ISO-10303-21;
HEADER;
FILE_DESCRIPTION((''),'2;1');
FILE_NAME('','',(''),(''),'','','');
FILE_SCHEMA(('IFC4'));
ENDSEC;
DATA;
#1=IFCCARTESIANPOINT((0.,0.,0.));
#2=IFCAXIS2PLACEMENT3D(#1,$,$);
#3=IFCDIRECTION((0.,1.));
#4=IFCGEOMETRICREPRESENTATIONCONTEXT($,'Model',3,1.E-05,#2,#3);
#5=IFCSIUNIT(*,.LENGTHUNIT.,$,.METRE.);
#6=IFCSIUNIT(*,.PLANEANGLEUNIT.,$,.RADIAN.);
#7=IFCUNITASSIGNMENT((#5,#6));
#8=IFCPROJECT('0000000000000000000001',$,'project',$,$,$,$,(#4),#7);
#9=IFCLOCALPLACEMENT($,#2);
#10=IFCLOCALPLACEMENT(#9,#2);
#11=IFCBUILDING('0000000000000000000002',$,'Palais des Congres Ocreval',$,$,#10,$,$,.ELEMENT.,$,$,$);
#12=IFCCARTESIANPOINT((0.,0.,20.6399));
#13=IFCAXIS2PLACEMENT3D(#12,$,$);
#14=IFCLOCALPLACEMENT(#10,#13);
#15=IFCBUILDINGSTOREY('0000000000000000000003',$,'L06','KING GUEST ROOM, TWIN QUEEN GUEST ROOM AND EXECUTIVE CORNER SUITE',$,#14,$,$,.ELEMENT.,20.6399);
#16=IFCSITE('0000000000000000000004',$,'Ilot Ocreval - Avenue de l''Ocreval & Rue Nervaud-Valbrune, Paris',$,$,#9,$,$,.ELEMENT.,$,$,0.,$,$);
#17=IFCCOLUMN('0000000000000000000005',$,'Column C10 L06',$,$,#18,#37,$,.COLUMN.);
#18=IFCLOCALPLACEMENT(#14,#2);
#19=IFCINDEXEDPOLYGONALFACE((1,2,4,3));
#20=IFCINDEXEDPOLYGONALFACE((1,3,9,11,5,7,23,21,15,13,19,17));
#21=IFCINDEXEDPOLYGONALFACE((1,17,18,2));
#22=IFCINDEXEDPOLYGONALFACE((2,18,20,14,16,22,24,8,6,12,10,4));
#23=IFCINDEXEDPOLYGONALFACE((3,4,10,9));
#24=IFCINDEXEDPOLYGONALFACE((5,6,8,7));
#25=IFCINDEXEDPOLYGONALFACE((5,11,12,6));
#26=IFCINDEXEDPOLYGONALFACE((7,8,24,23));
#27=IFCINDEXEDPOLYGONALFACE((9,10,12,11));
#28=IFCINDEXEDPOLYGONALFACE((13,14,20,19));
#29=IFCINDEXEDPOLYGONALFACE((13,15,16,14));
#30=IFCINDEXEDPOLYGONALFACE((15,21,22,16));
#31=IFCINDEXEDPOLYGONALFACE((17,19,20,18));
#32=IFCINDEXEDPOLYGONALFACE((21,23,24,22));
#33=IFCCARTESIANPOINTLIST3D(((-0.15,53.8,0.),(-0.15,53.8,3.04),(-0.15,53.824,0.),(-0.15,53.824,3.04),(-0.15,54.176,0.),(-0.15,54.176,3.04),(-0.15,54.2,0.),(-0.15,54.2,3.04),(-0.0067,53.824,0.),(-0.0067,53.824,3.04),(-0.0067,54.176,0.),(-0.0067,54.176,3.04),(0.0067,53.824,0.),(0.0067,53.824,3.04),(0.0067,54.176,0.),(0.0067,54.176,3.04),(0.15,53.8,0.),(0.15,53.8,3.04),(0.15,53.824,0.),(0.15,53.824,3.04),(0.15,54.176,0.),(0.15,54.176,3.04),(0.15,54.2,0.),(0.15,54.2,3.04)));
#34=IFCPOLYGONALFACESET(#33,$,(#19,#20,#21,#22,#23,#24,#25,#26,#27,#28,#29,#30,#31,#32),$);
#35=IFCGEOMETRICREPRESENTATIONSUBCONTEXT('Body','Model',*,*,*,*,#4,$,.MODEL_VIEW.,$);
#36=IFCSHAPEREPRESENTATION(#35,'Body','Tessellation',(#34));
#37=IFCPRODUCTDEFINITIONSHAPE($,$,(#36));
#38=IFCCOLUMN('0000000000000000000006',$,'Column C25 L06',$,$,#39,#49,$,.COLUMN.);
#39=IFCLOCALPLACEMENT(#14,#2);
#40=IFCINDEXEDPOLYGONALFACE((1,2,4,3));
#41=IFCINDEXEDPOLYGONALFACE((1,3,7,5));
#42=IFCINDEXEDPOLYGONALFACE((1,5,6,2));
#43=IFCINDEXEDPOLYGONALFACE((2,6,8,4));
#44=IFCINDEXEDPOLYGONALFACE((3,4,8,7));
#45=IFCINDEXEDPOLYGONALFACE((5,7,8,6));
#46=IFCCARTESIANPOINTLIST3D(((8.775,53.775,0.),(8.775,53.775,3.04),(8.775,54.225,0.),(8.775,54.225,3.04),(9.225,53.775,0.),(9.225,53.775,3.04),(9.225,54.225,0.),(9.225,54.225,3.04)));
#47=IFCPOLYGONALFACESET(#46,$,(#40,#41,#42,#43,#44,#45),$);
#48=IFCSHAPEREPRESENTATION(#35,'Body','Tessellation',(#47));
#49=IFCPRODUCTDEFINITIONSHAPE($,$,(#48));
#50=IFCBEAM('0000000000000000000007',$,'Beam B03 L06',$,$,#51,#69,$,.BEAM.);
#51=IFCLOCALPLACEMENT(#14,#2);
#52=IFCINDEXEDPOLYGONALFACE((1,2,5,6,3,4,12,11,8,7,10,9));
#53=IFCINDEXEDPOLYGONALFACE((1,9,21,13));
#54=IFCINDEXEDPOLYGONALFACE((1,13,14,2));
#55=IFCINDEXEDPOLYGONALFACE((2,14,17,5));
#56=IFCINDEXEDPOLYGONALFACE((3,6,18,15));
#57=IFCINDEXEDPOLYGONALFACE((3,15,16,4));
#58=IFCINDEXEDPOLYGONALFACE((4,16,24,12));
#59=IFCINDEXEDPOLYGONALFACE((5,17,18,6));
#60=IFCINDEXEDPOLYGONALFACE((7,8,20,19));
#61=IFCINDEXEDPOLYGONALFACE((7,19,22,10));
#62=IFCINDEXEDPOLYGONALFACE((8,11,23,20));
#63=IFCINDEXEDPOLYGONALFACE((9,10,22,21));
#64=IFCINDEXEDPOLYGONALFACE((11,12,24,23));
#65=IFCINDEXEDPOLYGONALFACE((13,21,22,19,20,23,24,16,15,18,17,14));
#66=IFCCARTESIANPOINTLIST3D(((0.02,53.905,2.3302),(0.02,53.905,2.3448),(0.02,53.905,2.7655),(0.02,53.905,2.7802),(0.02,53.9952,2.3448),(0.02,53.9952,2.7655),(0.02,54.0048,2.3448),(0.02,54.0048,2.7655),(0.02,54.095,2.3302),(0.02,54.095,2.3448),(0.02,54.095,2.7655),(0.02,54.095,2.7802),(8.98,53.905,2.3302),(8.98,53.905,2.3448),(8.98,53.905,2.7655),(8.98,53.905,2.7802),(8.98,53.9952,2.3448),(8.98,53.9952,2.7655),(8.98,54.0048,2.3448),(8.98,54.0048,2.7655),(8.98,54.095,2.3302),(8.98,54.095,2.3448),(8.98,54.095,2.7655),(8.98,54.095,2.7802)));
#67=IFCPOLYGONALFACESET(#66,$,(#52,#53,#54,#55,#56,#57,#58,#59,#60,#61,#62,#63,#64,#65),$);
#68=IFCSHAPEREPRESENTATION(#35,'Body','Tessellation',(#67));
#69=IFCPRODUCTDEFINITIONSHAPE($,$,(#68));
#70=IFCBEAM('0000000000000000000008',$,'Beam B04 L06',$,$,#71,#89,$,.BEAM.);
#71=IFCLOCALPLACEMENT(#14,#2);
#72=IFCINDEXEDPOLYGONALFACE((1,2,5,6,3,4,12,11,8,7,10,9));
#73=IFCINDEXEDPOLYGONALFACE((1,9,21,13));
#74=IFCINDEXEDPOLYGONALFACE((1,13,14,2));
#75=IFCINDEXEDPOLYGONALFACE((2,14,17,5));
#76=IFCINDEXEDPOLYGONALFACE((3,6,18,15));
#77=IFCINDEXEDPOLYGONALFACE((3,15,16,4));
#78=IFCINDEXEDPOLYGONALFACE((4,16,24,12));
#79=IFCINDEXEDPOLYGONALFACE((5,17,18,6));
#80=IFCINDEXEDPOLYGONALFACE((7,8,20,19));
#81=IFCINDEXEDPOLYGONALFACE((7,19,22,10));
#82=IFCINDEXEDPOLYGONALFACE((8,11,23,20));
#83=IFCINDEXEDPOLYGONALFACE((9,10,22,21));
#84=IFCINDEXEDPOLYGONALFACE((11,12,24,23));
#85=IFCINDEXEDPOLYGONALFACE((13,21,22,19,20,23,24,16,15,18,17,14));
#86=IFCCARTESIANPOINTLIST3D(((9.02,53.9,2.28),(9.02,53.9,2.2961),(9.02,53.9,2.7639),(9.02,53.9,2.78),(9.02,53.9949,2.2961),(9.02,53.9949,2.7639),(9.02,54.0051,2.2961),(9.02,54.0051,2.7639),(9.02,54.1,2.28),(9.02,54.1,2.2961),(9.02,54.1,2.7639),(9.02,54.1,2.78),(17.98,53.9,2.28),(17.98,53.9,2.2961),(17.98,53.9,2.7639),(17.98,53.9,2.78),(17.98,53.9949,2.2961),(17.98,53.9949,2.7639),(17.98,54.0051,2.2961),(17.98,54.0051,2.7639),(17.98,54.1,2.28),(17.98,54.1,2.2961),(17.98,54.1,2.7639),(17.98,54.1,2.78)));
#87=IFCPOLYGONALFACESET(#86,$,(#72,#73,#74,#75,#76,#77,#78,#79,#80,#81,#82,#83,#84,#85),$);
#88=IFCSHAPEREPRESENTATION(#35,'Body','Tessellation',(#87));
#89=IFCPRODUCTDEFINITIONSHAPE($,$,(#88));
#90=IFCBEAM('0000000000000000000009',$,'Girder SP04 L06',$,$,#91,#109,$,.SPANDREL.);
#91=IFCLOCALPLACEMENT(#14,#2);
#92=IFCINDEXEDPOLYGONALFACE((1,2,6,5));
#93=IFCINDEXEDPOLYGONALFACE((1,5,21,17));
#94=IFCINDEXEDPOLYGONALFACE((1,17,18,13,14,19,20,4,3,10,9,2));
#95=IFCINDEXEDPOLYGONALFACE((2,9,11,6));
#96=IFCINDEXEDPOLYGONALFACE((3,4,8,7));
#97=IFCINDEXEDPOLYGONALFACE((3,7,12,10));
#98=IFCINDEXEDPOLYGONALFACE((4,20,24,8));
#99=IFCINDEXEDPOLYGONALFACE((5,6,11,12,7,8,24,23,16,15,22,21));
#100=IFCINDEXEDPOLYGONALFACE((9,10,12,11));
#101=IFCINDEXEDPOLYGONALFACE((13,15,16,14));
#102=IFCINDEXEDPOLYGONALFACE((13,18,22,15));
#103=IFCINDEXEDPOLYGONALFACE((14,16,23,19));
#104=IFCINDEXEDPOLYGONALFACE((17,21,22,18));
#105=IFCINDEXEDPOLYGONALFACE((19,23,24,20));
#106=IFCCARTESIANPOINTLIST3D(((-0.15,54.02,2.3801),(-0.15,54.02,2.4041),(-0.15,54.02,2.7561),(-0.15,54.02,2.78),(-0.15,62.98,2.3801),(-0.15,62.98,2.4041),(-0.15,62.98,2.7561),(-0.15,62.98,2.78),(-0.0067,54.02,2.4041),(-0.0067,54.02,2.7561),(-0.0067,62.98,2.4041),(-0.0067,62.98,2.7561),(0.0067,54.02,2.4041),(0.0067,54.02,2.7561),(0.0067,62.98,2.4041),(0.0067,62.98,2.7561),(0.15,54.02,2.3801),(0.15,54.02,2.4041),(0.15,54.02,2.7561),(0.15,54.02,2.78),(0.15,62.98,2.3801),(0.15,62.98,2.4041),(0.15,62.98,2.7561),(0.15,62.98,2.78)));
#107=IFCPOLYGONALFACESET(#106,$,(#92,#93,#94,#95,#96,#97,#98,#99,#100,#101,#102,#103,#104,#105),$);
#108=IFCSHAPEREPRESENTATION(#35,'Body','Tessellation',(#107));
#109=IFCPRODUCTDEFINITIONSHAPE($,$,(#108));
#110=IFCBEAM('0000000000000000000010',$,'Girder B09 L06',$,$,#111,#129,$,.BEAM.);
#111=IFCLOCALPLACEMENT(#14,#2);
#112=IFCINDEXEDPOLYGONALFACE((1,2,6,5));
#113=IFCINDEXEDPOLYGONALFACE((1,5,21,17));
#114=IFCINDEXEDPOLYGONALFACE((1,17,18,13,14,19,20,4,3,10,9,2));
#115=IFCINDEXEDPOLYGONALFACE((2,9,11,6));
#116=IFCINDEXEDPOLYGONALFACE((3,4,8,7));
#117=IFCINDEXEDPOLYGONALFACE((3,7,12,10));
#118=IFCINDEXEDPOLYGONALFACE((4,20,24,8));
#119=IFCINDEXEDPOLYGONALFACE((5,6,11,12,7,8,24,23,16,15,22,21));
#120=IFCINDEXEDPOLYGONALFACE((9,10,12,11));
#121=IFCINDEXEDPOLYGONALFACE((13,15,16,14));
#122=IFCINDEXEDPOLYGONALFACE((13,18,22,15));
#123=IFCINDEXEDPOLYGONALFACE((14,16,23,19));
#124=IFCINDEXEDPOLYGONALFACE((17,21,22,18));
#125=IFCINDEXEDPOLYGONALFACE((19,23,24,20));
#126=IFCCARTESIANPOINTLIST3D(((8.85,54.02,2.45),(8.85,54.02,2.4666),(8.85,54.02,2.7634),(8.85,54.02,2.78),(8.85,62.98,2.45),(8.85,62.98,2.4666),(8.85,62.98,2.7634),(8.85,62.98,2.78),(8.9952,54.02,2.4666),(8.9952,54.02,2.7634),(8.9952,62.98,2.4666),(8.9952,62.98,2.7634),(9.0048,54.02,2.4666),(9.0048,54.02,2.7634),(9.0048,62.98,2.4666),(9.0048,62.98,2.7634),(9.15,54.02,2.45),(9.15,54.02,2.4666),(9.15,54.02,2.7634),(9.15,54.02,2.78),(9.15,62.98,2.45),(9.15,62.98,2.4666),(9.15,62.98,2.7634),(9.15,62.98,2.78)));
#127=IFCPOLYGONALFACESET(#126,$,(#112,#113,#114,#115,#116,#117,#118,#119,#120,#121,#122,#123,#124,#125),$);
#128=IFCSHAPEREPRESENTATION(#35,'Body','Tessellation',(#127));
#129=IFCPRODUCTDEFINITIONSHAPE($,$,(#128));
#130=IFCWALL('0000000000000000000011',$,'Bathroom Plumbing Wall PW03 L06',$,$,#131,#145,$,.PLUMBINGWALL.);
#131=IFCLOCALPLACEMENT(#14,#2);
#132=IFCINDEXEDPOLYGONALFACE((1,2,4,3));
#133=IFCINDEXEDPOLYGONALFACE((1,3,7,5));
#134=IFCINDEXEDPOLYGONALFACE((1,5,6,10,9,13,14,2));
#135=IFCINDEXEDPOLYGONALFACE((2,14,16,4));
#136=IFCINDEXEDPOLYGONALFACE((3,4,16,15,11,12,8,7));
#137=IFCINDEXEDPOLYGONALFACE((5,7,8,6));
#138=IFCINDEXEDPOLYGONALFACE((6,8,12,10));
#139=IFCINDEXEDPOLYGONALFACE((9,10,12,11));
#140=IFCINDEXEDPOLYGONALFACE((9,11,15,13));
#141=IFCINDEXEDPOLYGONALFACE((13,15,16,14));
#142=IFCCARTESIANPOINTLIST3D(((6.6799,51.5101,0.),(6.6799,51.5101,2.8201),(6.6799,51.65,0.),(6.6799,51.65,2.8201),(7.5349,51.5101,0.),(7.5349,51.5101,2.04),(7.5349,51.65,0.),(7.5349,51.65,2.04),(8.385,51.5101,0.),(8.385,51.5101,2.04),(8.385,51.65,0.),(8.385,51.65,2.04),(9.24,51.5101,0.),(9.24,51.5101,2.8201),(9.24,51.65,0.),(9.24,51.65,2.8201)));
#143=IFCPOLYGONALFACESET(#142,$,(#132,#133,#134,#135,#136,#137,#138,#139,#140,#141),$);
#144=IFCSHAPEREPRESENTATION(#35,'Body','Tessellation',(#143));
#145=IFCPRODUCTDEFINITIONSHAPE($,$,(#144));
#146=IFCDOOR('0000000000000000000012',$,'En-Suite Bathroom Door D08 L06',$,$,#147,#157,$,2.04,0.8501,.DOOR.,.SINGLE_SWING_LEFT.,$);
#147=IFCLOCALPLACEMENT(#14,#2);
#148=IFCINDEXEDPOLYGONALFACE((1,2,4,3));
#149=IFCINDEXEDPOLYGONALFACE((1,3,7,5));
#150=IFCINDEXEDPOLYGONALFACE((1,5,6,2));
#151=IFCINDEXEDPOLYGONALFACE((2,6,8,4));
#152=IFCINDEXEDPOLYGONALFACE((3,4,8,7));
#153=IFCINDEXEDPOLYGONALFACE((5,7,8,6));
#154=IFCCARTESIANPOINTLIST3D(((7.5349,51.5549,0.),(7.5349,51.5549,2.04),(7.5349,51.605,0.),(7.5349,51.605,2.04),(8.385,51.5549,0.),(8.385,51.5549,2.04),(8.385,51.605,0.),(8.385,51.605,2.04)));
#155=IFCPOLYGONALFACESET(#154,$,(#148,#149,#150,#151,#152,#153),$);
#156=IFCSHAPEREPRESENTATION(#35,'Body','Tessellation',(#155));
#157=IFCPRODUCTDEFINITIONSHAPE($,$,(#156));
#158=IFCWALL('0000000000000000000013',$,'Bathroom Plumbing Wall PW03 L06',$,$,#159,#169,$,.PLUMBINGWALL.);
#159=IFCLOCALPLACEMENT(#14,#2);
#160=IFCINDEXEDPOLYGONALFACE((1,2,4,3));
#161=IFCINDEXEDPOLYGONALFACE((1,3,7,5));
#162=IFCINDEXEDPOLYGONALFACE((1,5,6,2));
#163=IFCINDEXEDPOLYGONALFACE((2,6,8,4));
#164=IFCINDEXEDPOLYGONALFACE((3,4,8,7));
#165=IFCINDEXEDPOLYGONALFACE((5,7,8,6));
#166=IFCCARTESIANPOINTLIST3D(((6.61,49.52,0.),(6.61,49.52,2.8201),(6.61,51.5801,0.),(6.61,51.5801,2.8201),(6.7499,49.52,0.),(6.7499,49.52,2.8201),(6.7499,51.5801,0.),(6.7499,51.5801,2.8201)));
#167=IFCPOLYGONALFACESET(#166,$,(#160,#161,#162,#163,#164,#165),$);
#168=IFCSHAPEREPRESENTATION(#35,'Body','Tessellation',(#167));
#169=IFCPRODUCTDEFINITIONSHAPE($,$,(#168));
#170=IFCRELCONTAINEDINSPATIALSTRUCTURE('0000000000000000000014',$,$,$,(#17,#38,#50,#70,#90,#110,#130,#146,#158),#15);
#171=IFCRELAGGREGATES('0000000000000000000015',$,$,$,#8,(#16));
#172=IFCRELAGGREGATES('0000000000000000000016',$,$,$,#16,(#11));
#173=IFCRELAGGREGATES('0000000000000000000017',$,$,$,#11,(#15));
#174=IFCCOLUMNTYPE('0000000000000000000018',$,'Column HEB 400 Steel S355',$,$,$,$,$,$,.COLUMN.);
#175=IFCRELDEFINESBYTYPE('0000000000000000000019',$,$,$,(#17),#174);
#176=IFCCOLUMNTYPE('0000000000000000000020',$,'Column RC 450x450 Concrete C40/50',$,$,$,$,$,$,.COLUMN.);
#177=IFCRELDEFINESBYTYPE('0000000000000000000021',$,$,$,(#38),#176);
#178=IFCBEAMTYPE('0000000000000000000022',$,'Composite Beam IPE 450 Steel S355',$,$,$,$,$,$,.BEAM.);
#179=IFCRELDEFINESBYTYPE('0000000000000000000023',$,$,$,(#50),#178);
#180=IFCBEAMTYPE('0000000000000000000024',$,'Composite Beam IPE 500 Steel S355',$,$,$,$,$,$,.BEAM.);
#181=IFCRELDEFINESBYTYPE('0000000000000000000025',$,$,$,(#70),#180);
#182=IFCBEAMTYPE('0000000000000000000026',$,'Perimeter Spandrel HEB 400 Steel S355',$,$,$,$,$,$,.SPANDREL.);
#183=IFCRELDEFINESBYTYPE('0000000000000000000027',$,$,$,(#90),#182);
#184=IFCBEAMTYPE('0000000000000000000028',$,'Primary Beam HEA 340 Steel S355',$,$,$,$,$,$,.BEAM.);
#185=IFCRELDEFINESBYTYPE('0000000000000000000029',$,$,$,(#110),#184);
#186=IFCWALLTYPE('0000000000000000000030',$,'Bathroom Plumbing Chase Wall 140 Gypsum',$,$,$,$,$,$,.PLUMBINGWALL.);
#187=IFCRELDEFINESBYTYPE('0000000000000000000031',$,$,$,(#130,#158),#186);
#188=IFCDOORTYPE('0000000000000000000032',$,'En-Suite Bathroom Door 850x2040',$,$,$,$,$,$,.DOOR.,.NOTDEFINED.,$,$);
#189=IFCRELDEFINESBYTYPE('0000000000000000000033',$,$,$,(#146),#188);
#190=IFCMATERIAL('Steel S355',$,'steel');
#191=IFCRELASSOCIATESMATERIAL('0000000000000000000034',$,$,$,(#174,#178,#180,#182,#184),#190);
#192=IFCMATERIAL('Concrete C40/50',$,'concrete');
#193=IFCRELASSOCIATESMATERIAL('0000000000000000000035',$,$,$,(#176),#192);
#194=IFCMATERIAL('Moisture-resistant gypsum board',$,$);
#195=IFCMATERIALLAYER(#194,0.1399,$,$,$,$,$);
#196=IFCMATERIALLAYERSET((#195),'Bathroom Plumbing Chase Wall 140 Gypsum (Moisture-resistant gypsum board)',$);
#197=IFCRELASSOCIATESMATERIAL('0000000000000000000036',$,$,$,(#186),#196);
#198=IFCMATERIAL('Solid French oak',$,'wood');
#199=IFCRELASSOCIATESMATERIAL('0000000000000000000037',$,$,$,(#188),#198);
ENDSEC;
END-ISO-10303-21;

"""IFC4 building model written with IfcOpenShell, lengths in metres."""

from ifc_helpers import new_model, si_unit, direction, frame, frame_2d, origin, origin_2d, place, context, subcontext, project, spatial, rectangle, i_section, extrude, material, layer, layer_set, material_profile, profile_set, type_object, element, fill, save


model = new_model("IFC4")

# Units and contexts
model_context = context("Model", 3, precision=1e-05, world=origin(), true_north=direction((0.0, 1.0)))
body_context = subcontext(model_context, "Body", "Model", "MODEL_VIEW")
ifc_project = project(units=[si_unit("LENGTHUNIT", "METRE"), si_unit("PLANEANGLEUNIT", "RADIAN")], contexts=[model_context])

# Site, building, storey
site_placement = place(None, origin())
site = spatial("IfcSite", under=ifc_project, at=site_placement, Name="Ilot Ocreval - Avenue de l'Ocreval & Rue Nervaud-Valbrune, Paris", CompositionType="ELEMENT", RefElevation=0.0)
building_placement = place(site_placement, origin())
building = spatial("IfcBuilding", under=site, at=building_placement, Name="Palais des Congres Ocreval", CompositionType="ELEMENT")
storey_placement = place(building_placement, frame((0.0, 0.0, 20.6399)))
storey = spatial("IfcBuildingStorey", under=building, at=storey_placement, Name="L06", Description="KING GUEST ROOM, TWIN QUEEN GUEST ROOM AND EXECUTIVE CORNER SUITE", CompositionType="ELEMENT", Elevation=20.6399)

# Columns
ifc_material_1 = material(Name="Steel S355", Category="steel")
ifc_material_profile_1 = material_profile(ifc_material_1, i_section(OverallWidth=0.3, OverallDepth=0.3999, WebThickness=0.0134, FlangeThickness=0.0239, at=origin_2d()), Name="HEB 400")
ifc_profile_set_1 = profile_set([ifc_material_profile_1], Name="Steel S355")
column_type_1 = type_object("IfcColumnType", Name="Column HEB 400 Steel S355", PredefinedType="COLUMN", material=ifc_profile_set_1)
column_1_placement = place(storey_placement, frame((0.0, 54.0, 0.0), z_axis=(0.0, 0.0, 1.0), x_axis=(1.0, 0.0, 0.0)))
element("IfcColumn", 1, at=column_1_placement, inside=storey, type_object=column_type_1, Name="Column C10 L06", PredefinedType="COLUMN", context=body_context, shape_type="SweptSolid", body=[
    extrude(i_section(OverallWidth=0.3, OverallDepth=0.3999, WebThickness=0.0134, FlangeThickness=0.0239, at=origin_2d()), origin(), (0.0, 0.0, 1.0), 3.04),
])
ifc_material_2 = material(Name="Concrete C40/50", Category="concrete")
ifc_material_profile_2 = material_profile(ifc_material_2, rectangle(XDim=0.45, YDim=0.45, at=origin_2d()), Name="RC 450x450")
ifc_profile_set_2 = profile_set([ifc_material_profile_2], Name="Concrete C40/50")
column_type_2 = type_object("IfcColumnType", Name="Column RC 450x450 Concrete C40/50", PredefinedType="COLUMN", material=ifc_profile_set_2)
column_2_placement = place(storey_placement, frame((9.0, 54.0, 0.0), z_axis=(0.0, 0.0, 1.0), x_axis=(1.0, 0.0, 0.0)))
element("IfcColumn", 2, at=column_2_placement, inside=storey, type_object=column_type_2, Name="Column C25 L06", PredefinedType="COLUMN", context=body_context, shape_type="SweptSolid", body=[
    extrude(rectangle(XDim=0.45, YDim=0.45, at=origin_2d()), origin(), (0.0, 0.0, 1.0), 3.04),
])

# Beams
ifc_material_profile_3 = material_profile(ifc_material_1, i_section(OverallWidth=0.1899, OverallDepth=0.45, WebThickness=0.0095, FlangeThickness=0.0146, at=origin_2d()), Name="IPE 450")
ifc_profile_set_3 = profile_set([ifc_material_profile_3], Name="Steel S355")
beam_type_1 = type_object("IfcBeamType", Name="Composite Beam IPE 450 Steel S355", PredefinedType="BEAM", material=ifc_profile_set_3)
beam_1_placement = place(storey_placement, frame((0.02, 54.0, 2.5552), z_axis=(1.0, 0.0, 0.0), x_axis=(0.0, 1.0, 0.0)))
element("IfcBeam", 3, at=beam_1_placement, inside=storey, type_object=beam_type_1, Name="Beam B03 L06", PredefinedType="BEAM", context=body_context, shape_type="SweptSolid", body=[
    extrude(i_section(OverallWidth=0.1899, OverallDepth=0.45, WebThickness=0.0095, FlangeThickness=0.0146, at=origin_2d()), origin(), (0.0, 0.0, 1.0), 8.96),
])
ifc_material_profile_4 = material_profile(ifc_material_1, i_section(OverallWidth=0.2, OverallDepth=0.5, WebThickness=0.0103, FlangeThickness=0.0161, at=origin_2d()), Name="IPE 500")
ifc_profile_set_4 = profile_set([ifc_material_profile_4], Name="Steel S355")
beam_type_2 = type_object("IfcBeamType", Name="Composite Beam IPE 500 Steel S355", PredefinedType="BEAM", material=ifc_profile_set_4)
beam_2_placement = place(storey_placement, frame((9.02, 54.0, 2.53), z_axis=(1.0, 0.0, 0.0), x_axis=(0.0, 1.0, 0.0)))
element("IfcBeam", 4, at=beam_2_placement, inside=storey, type_object=beam_type_2, Name="Beam B04 L06", PredefinedType="BEAM", context=body_context, shape_type="SweptSolid", body=[
    extrude(i_section(OverallWidth=0.2, OverallDepth=0.5, WebThickness=0.0103, FlangeThickness=0.0161, at=origin_2d()), origin(), (0.0, 0.0, 1.0), 8.96),
])
ifc_material_profile_5 = material_profile(ifc_material_1, i_section(OverallWidth=0.3, OverallDepth=0.3999, WebThickness=0.0134, FlangeThickness=0.0239, at=origin_2d()), Name="HEB 400")
ifc_profile_set_5 = profile_set([ifc_material_profile_5], Name="Steel S355")
beam_type_3 = type_object("IfcBeamType", Name="Perimeter Spandrel HEB 400 Steel S355", PredefinedType="SPANDREL", material=ifc_profile_set_5)
beam_3_placement = place(storey_placement, frame((0.0, 54.02, 2.5801), z_axis=(0.0, 1.0, 0.0), x_axis=(-1.0, 0.0, 0.0)))
element("IfcBeam", 5, at=beam_3_placement, inside=storey, type_object=beam_type_3, Name="Girder SP04 L06", PredefinedType="SPANDREL", context=body_context, shape_type="SweptSolid", body=[
    extrude(i_section(OverallWidth=0.3, OverallDepth=0.3999, WebThickness=0.0134, FlangeThickness=0.0239, at=origin_2d()), origin(), (0.0, 0.0, 1.0), 8.96),
])
ifc_material_profile_6 = material_profile(ifc_material_1, i_section(OverallWidth=0.3, OverallDepth=0.3301, WebThickness=0.0095, FlangeThickness=0.0166, at=origin_2d()), Name="HEA 340")
ifc_profile_set_6 = profile_set([ifc_material_profile_6], Name="Steel S355")
beam_type_4 = type_object("IfcBeamType", Name="Primary Beam HEA 340 Steel S355", PredefinedType="BEAM", material=ifc_profile_set_6)
beam_4_placement = place(storey_placement, frame((9.0, 54.02, 2.615), z_axis=(0.0, 1.0, 0.0), x_axis=(-1.0, 0.0, 0.0)))
element("IfcBeam", 6, at=beam_4_placement, inside=storey, type_object=beam_type_4, Name="Girder B09 L06", PredefinedType="BEAM", context=body_context, shape_type="SweptSolid", body=[
    extrude(i_section(OverallWidth=0.3, OverallDepth=0.3301, WebThickness=0.0095, FlangeThickness=0.0166, at=origin_2d()), origin(), (0.0, 0.0, 1.0), 8.96),
])

# Wall, opening, door
ifc_material_3 = material(Name="Moisture-resistant gypsum board")
ifc_layer_1 = layer(ifc_material_3, 0.1399)
ifc_layer_set_1 = layer_set([ifc_layer_1], Name="Bathroom Plumbing Chase Wall 140 Gypsum (Moisture-resistant gypsum board)")
wall_type_1 = type_object("IfcWallType", Name="Bathroom Plumbing Chase Wall 140 Gypsum", PredefinedType="PLUMBINGWALL", material=ifc_layer_set_1)
wall_1_placement = place(storey_placement, frame((6.6799, 51.5801, 0.0), z_axis=(0.0, 0.0, 1.0), x_axis=(1.0, 0.0, 0.0)))
wall_1 = element("IfcWall", 7, at=wall_1_placement, inside=storey, type_object=wall_type_1, Name="Bathroom Plumbing Wall PW03 L06", PredefinedType="PLUMBINGWALL", context=body_context, shape_type="SweptSolid", body=[
    extrude(rectangle(XDim=2.5601, YDim=0.1399, at=frame_2d((1.28, 0.0))), origin(), (0.0, 0.0, 1.0), 2.8201),
])
opening_1_placement = place(wall_1_placement, frame((0.855, 0.0, 0.0)))
opening_1 = element("IfcOpeningElement", 8, at=opening_1_placement, cuts=wall_1, PredefinedType="OPENING", context=body_context, shape_type="SweptSolid", body=[
    extrude(rectangle(XDim=0.8501, YDim=2.04, at=frame_2d((0.425, 1.02))), frame((0.0, 0.0798, 0.0), z_axis=(0.0, -1.0, 0.0), x_axis=(1.0, 0.0, 0.0)), (0.0, 0.0, 1.0), 0.1599),
])
ifc_material_4 = material(Name="Solid French oak", Category="wood")
door_type_1 = type_object("IfcDoorType", Name="En-Suite Bathroom Door 850x2040", OperationType="NOTDEFINED", PredefinedType="DOOR", material=ifc_material_4)
door_1_placement = place(opening_1_placement, origin())
door_1 = element("IfcDoor", 9, at=door_1_placement, inside=storey, type_object=door_type_1, Name="En-Suite Bathroom Door D08 L06", OperationType="SINGLE_SWING_LEFT", OverallHeight=2.04, OverallWidth=0.8501, PredefinedType="DOOR", context=body_context, shape_type="SweptSolid", body=[
    extrude(rectangle(XDim=0.8501, YDim=2.04, at=frame_2d((0.425, 1.02))), frame((0.0, 0.0249, 0.0), z_axis=(0.0, -1.0, 0.0), x_axis=(1.0, 0.0, 0.0)), (0.0, 0.0, 1.0), 0.05),
])
fill(opening_1, door_1)

# Wall
wall_2_placement = place(storey_placement, frame((6.6799, 49.52, 0.0), z_axis=(0.0, 0.0, 1.0), x_axis=(0.0, 1.0, 0.0)))
element("IfcWall", 10, at=wall_2_placement, inside=storey, type_object=wall_type_1, Name="Bathroom Plumbing Wall PW03 L06", PredefinedType="PLUMBINGWALL", context=body_context, shape_type="SweptSolid", body=[
    extrude(rectangle(XDim=2.0601, YDim=0.1399, at=frame_2d((1.03, 0.0))), origin(), (0.0, 0.0, 1.0), 2.8201),
])

save(model, "model.ifc")
